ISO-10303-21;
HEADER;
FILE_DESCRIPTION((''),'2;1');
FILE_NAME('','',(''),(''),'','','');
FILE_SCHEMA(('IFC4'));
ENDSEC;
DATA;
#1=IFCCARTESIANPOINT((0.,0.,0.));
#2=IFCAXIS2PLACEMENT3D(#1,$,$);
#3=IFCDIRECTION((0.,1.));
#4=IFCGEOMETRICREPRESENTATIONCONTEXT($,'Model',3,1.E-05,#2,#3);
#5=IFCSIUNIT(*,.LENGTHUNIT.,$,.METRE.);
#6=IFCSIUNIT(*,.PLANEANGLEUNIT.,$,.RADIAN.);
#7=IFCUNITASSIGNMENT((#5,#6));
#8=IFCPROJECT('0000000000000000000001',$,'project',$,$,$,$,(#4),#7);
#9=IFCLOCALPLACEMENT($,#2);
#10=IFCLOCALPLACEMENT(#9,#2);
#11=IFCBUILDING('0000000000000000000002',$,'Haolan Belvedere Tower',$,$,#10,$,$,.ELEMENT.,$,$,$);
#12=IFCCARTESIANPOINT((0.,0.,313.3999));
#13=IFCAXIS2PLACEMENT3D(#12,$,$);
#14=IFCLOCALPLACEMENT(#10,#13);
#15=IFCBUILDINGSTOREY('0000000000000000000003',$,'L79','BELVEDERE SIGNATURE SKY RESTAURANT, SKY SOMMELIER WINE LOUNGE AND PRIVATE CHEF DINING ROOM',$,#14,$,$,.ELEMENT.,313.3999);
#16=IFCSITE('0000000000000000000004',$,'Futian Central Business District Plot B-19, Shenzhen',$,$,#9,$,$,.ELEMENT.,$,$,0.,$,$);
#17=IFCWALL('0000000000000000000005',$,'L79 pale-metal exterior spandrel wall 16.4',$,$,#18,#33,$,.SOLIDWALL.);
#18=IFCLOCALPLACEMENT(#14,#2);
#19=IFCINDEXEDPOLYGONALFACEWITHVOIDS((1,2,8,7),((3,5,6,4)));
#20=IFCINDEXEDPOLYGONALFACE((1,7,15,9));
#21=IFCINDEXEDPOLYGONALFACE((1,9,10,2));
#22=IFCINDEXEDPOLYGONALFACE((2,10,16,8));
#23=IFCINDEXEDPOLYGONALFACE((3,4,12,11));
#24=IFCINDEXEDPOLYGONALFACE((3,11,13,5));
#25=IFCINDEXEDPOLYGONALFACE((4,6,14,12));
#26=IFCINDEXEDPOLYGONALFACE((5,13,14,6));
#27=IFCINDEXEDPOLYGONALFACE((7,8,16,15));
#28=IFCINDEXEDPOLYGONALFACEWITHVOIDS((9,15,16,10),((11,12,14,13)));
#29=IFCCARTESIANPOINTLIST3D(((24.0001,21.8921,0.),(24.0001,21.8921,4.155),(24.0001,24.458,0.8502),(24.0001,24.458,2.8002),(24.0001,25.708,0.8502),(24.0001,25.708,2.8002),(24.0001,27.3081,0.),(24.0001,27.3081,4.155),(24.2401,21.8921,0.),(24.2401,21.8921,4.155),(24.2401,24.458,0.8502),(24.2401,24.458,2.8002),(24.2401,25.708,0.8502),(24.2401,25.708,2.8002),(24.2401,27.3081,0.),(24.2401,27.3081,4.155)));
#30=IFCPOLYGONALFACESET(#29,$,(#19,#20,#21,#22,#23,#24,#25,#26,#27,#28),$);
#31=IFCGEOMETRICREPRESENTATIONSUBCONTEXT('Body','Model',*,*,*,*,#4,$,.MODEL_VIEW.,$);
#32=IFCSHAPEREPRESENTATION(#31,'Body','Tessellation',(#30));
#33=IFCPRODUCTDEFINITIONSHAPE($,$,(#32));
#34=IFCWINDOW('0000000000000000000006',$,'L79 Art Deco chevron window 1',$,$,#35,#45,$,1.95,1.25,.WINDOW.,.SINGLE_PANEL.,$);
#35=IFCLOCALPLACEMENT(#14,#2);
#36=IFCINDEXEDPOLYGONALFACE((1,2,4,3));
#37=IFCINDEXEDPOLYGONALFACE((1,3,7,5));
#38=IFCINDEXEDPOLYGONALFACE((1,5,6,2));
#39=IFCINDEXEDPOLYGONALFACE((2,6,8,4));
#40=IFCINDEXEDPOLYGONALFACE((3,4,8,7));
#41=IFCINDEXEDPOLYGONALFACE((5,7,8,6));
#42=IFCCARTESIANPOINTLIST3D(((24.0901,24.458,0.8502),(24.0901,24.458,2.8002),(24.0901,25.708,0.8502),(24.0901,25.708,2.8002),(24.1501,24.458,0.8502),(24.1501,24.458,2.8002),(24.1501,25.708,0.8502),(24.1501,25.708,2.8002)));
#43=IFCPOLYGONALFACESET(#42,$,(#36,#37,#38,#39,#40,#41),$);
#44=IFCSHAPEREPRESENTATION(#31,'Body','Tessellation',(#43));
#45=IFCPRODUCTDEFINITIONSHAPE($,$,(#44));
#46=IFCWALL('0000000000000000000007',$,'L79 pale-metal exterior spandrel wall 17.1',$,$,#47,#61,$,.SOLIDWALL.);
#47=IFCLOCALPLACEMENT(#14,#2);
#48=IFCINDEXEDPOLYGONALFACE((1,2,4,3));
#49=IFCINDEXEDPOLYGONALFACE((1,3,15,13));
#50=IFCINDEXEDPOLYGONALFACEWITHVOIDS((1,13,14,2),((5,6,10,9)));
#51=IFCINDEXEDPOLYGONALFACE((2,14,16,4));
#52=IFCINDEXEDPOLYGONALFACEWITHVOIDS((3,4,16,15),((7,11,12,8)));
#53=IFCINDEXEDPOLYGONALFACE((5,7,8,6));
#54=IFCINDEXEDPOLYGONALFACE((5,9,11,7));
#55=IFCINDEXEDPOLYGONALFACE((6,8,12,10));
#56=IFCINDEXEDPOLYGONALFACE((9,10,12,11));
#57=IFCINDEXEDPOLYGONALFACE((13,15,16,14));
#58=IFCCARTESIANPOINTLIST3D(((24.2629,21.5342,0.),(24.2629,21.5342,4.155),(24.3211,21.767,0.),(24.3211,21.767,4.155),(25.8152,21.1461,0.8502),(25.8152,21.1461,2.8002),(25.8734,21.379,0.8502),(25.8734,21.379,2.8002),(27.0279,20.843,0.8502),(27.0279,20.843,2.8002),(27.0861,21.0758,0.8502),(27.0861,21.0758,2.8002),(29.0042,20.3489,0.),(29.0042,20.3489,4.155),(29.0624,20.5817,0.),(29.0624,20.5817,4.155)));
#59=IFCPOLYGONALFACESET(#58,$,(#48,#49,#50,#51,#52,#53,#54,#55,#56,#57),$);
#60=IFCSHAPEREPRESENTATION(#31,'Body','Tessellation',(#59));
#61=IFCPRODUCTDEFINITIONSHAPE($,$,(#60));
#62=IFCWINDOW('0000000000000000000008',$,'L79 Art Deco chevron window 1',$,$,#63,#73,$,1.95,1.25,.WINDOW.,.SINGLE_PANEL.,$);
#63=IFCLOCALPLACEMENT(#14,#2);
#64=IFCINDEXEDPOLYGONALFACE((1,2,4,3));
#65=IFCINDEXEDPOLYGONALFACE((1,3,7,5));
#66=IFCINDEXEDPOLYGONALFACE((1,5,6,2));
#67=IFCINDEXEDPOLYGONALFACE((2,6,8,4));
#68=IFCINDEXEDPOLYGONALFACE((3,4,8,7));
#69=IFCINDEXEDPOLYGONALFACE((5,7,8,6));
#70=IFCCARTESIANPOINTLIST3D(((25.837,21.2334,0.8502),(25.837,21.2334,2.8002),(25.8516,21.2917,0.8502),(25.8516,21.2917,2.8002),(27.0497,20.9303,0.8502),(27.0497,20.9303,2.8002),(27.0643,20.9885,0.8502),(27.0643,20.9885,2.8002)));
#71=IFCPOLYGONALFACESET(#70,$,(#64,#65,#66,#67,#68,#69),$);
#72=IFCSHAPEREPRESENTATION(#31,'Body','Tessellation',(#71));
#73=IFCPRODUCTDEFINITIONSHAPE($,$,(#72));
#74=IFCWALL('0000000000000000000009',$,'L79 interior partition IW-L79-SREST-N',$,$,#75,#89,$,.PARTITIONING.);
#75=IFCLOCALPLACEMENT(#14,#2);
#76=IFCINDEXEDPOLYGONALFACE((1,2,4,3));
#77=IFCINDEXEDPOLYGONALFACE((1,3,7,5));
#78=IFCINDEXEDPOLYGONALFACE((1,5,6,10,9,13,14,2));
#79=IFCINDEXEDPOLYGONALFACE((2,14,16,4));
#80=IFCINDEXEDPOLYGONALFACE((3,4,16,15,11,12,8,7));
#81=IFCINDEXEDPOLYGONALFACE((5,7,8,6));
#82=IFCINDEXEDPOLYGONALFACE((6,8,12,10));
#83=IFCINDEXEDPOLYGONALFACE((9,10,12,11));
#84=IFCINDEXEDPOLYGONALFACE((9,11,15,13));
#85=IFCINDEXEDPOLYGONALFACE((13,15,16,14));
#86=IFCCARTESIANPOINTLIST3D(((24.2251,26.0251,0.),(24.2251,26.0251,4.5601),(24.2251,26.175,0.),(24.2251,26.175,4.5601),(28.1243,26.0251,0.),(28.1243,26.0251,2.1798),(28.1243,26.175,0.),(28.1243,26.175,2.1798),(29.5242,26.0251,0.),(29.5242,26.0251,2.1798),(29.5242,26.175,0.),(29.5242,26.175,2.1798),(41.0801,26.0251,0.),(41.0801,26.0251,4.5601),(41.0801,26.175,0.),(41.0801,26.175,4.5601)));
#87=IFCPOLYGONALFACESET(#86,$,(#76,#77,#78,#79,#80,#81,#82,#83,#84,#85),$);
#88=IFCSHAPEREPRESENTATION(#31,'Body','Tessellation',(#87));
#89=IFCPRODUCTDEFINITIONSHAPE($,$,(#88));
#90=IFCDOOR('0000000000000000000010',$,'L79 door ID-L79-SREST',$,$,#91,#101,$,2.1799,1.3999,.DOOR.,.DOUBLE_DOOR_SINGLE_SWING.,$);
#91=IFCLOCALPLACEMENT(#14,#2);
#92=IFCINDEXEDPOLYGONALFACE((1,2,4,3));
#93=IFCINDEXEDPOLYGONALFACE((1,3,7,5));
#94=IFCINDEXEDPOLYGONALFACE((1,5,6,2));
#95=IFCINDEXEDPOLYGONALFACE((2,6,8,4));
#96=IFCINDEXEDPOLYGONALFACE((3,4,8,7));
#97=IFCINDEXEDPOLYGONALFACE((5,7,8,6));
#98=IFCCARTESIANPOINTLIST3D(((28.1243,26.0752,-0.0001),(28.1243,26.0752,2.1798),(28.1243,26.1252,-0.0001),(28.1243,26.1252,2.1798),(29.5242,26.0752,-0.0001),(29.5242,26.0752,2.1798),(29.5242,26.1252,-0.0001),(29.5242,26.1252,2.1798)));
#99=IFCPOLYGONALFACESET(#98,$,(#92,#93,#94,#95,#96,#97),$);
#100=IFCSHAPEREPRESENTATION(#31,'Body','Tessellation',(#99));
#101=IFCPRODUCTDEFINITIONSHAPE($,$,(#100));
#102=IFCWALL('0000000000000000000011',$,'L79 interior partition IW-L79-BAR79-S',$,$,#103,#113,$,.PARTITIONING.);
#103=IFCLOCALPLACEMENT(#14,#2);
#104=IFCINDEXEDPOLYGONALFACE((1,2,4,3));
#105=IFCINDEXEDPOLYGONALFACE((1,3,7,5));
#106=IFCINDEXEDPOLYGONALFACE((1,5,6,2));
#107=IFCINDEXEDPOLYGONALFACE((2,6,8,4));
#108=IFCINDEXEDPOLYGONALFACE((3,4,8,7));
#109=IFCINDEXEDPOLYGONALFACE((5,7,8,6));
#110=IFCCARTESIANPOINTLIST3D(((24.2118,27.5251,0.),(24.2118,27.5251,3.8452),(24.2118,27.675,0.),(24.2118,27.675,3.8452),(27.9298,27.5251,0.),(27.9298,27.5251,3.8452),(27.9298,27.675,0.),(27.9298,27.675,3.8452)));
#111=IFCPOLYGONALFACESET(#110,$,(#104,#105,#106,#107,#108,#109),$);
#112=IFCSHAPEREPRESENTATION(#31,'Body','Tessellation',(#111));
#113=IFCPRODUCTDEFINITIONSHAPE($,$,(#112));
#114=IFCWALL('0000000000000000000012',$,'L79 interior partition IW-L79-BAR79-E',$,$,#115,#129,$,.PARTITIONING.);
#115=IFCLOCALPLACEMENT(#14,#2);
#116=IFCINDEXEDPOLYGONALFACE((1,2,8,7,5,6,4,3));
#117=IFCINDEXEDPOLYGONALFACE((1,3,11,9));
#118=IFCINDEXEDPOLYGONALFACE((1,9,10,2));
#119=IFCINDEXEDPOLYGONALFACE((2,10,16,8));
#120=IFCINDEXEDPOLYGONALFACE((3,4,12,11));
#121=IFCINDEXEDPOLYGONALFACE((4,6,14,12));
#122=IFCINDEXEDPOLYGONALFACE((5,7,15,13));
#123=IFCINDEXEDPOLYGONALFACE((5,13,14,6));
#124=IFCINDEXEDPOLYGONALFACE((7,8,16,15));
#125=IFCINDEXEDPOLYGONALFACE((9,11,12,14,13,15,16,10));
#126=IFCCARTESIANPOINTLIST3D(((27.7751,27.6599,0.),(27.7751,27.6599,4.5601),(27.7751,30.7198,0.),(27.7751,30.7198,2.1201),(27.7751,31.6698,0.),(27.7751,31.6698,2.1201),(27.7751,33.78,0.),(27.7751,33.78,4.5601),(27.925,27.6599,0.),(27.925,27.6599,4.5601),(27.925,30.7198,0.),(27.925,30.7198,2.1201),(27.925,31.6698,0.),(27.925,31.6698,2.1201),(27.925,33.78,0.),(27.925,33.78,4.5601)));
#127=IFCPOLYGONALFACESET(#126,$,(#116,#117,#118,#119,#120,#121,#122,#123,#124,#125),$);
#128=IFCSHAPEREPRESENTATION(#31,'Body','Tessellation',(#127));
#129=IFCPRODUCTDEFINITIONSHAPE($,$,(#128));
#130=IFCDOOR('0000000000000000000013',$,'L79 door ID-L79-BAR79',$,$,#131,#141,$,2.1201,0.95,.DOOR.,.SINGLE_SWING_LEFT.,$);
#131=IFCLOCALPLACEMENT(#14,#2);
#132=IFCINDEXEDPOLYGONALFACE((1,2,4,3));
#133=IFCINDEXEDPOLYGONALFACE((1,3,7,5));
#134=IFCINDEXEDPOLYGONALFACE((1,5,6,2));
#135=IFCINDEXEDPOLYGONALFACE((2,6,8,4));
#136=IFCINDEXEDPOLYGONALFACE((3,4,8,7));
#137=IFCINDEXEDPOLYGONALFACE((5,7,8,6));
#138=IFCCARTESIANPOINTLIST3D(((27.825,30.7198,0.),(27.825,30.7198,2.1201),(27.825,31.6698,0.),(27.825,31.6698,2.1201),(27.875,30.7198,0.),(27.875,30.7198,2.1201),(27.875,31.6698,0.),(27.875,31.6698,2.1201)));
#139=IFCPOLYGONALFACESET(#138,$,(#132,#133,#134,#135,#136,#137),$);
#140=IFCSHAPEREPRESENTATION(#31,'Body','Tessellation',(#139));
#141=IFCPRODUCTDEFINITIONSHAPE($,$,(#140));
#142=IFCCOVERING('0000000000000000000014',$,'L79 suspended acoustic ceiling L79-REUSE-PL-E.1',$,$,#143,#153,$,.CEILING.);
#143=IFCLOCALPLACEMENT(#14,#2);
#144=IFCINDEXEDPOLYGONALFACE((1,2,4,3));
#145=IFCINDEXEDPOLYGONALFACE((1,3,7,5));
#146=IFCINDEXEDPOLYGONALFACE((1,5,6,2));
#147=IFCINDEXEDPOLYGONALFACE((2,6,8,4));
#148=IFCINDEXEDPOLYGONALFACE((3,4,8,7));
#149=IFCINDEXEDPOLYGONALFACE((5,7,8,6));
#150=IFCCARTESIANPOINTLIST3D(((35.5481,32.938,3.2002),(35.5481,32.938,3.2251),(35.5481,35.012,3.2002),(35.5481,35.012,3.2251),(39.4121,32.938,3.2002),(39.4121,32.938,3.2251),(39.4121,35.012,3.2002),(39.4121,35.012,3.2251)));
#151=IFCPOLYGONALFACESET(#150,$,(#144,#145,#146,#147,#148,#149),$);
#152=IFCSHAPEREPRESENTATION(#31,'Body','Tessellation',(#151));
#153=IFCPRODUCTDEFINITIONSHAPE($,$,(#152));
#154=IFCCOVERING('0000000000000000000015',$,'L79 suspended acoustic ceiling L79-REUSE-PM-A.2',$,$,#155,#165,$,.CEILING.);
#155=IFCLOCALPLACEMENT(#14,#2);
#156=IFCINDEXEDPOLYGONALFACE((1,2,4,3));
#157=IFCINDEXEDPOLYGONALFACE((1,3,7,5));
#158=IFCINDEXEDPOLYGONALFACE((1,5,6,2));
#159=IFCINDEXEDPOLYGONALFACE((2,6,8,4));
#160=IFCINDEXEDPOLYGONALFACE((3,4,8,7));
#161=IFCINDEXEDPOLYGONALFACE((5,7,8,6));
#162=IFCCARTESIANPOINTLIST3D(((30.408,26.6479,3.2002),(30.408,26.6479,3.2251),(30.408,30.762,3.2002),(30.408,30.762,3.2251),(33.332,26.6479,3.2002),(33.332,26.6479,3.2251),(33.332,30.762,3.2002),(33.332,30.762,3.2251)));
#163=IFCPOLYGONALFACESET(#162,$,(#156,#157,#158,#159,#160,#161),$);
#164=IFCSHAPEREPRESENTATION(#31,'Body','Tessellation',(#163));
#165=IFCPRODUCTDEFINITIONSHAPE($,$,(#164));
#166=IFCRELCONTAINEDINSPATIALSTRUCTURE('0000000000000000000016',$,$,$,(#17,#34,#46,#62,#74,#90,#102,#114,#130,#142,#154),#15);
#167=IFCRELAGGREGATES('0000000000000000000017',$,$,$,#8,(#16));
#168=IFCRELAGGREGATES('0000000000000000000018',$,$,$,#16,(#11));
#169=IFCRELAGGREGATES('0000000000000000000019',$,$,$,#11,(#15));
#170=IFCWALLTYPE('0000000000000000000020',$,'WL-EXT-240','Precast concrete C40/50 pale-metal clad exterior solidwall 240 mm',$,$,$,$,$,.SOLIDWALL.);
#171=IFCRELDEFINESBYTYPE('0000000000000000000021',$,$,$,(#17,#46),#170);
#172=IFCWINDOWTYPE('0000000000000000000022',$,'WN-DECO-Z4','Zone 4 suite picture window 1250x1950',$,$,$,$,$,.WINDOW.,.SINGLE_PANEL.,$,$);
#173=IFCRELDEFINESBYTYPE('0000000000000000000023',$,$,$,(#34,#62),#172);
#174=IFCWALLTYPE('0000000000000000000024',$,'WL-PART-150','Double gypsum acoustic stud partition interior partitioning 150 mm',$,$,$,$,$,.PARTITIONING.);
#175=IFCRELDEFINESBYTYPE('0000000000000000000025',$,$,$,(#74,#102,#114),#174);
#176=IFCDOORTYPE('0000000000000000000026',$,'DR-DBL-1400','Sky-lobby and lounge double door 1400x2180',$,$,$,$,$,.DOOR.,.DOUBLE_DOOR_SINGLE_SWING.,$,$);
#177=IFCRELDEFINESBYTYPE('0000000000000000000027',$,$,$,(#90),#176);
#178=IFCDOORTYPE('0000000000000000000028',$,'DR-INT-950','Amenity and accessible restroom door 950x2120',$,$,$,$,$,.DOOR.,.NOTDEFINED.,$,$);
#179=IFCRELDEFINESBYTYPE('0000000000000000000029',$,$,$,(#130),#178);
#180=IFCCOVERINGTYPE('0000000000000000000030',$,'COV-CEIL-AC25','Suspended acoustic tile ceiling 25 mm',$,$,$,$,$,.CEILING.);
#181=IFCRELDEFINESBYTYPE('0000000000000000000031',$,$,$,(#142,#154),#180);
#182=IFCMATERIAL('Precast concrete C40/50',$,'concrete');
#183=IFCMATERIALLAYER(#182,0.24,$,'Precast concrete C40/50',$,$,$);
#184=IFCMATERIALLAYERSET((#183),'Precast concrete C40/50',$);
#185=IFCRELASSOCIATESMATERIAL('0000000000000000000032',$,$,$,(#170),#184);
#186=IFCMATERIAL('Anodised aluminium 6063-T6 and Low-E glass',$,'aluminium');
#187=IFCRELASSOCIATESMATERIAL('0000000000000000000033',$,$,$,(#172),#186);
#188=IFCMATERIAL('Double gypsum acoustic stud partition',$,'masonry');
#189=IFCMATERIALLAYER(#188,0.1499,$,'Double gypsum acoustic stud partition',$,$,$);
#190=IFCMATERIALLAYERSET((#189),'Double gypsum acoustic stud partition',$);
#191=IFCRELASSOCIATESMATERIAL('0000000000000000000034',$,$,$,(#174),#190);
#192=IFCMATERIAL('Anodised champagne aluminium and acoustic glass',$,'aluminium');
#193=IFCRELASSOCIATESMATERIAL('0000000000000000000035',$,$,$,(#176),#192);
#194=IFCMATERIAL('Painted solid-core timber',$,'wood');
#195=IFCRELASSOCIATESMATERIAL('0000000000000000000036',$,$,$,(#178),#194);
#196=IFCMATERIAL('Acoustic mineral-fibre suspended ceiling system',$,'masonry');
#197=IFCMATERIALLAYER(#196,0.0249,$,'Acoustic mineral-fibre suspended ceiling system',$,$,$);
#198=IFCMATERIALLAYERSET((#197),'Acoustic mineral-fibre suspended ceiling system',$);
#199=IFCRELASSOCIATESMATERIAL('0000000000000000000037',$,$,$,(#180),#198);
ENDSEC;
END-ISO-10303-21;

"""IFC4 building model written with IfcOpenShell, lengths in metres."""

from ifc_helpers import new_model, si_unit, direction, frame, frame_2d, origin, place, context, subcontext, project, spatial, polyline, rectangle, outline, extrude, material, layer, layer_set, type_object, element, fill, save


model = new_model("IFC4")

# Units and contexts
model_context = context("Model", 3, precision=1e-05, world=origin(), true_north=direction((0.0, 1.0)))
body_context = subcontext(model_context, "Body", "Model", "MODEL_VIEW")
ifc_project = project(units=[si_unit("LENGTHUNIT", "METRE"), si_unit("PLANEANGLEUNIT", "RADIAN")], contexts=[model_context])

# Site, building, storey
site_placement = place(None, origin())
site = spatial("IfcSite", under=ifc_project, at=site_placement, Name="Futian Central Business District Plot B-19, Shenzhen", CompositionType="ELEMENT", RefElevation=0.0)
building_placement = place(site_placement, origin())
building = spatial("IfcBuilding", under=site, at=building_placement, Name="Haolan Belvedere Tower", CompositionType="ELEMENT")
storey_placement = place(building_placement, frame((0.0, 0.0, 313.3999)))
storey = spatial("IfcBuildingStorey", under=building, at=storey_placement, Name="L79", Description="BELVEDERE SIGNATURE SKY RESTAURANT, SKY SOMMELIER WINE LOUNGE AND PRIVATE CHEF DINING ROOM", CompositionType="ELEMENT", Elevation=313.3999)

# Walls, openings, windows
ifc_material_1 = material(Name="Precast concrete C40/50", Category="concrete")
ifc_layer_1 = layer(ifc_material_1, 0.24, Name="Precast concrete C40/50")
ifc_layer_set_1 = layer_set([ifc_layer_1], Name="Precast concrete C40/50")
wall_type_1 = type_object("IfcWallType", Name="WL-EXT-240", Description="Precast concrete C40/50 pale-metal clad exterior solidwall 240 mm", PredefinedType="SOLIDWALL", material=ifc_layer_set_1)
wall_1_placement = place(storey_placement, frame((24.1201, 27.3081, 0.0), z_axis=(0.0, 0.0, 1.0), x_axis=(0.0, -1.0, 0.0)))
wall_1 = element("IfcWall", 1, at=wall_1_placement, inside=storey, type_object=wall_type_1, Name="L79 pale-metal exterior spandrel wall 16.4", PredefinedType="SOLIDWALL", context=body_context, shape_type="SweptSolid", body=[
    extrude(rectangle(XDim=5.416, YDim=0.24, at=frame_2d((2.708, 0.0))), origin(), (0.0, 0.0, 1.0), 4.155),
])
opening_1_placement = place(wall_1_placement, frame((1.6001, 0.0, 0.8501)))
opening_1 = element("IfcOpeningElement", 2, at=opening_1_placement, cuts=wall_1, PredefinedType="OPENING", context=body_context, shape_type="SweptSolid", body=[
    extrude(rectangle(XDim=1.25, YDim=1.95, at=frame_2d((0.625, 0.9751))), frame((0.0, 0.1299, 0.0), z_axis=(0.0, -1.0, 0.0), x_axis=(1.0, 0.0, 0.0)), (0.0, 0.0, 1.0), 0.26),
])
ifc_material_2 = material(Name="Anodised aluminium 6063-T6 and Low-E glass", Category="aluminium")
window_type = type_object("IfcWindowType", Name="WN-DECO-Z4", Description="Zone 4 suite picture window 1250x1950", PartitioningType="SINGLE_PANEL", PredefinedType="WINDOW", material=ifc_material_2)
window_1_placement = place(opening_1_placement, origin())
window_1 = element("IfcWindow", 3, at=window_1_placement, inside=storey, type_object=window_type, Name="L79 Art Deco chevron window 1", OverallHeight=1.95, OverallWidth=1.25, PartitioningType="SINGLE_PANEL", PredefinedType="WINDOW", context=body_context, shape_type="SweptSolid", body=[
    extrude(rectangle(XDim=1.25, YDim=1.95, at=frame_2d((0.625, 0.9751))), frame((0.0, 0.03, 0.0), z_axis=(0.0, -1.0, 0.0), x_axis=(1.0, 0.0, 0.0)), (0.0, 0.0, 1.0), 0.0601),
])
fill(opening_1, window_1)
wall_2_placement = place(storey_placement, frame((24.292, 21.6506, 0.0), z_axis=(0.0, 0.0, 1.0), x_axis=(0.970143, -0.242536, 0.0)))
wall_2 = element("IfcWall", 4, at=wall_2_placement, inside=storey, type_object=wall_type_1, Name="L79 pale-metal exterior spandrel wall 17.1", PredefinedType="SOLIDWALL", context=body_context, shape_type="SweptSolid", body=[
    extrude(rectangle(XDim=4.8872, YDim=0.24, at=frame_2d((2.4436, 0.0))), origin(), (0.0, 0.0, 1.0), 4.155),
])
opening_2_placement = place(wall_2_placement, frame((1.6001, 0.0, 0.8501)))
opening_2 = element("IfcOpeningElement", 5, at=opening_2_placement, cuts=wall_2, PredefinedType="OPENING", context=body_context, shape_type="SweptSolid", body=[
    extrude(rectangle(XDim=1.25, YDim=1.95, at=frame_2d((0.625, 0.9751))), frame((0.0, 0.1299, 0.0), z_axis=(0.0, -1.0, 0.0), x_axis=(1.0, 0.0, 0.0)), (0.0, 0.0, 1.0), 0.26),
])
window_2_placement = place(opening_2_placement, origin())
window_2 = element("IfcWindow", 6, at=window_2_placement, inside=storey, type_object=window_type, Name="L79 Art Deco chevron window 1", OverallHeight=1.95, OverallWidth=1.25, PartitioningType="SINGLE_PANEL", PredefinedType="WINDOW", context=body_context, shape_type="SweptSolid", body=[
    extrude(rectangle(XDim=1.25, YDim=1.95, at=frame_2d((0.625, 0.9751))), frame((0.0, 0.03, 0.0), z_axis=(0.0, -1.0, 0.0), x_axis=(1.0, 0.0, 0.0)), (0.0, 0.0, 1.0), 0.0601),
])
fill(opening_2, window_2)

# Wall, opening, door
ifc_material_3 = material(Name="Double gypsum acoustic stud partition", Category="masonry")
ifc_layer_2 = layer(ifc_material_3, 0.1499, Name="Double gypsum acoustic stud partition")
ifc_layer_set_2 = layer_set([ifc_layer_2], Name="Double gypsum acoustic stud partition")
wall_type_2 = type_object("IfcWallType", Name="WL-PART-150", Description="Double gypsum acoustic stud partition interior partitioning 150 mm", PredefinedType="PARTITIONING", material=ifc_layer_set_2)
wall_3_placement = place(storey_placement, frame((24.2251, 26.1001, 0.0), z_axis=(0.0, 0.0, 1.0), x_axis=(1.0, 0.0, 0.0)))
wall_3 = element("IfcWall", 7, at=wall_3_placement, inside=storey, type_object=wall_type_2, Name="L79 interior partition IW-L79-SREST-N", PredefinedType="PARTITIONING", context=body_context, shape_type="SweptSolid", body=[
    extrude(rectangle(XDim=16.855, YDim=0.1499, at=frame_2d((8.4275, 0.0))), origin(), (0.0, 0.0, 1.0), 4.5601),
])
opening_3_placement = place(wall_3_placement, frame((5.2991, 0.0, 0.0), z_axis=(0.0, 0.0, 1.0), x_axis=(-1.0, 0.0, 0.0)))
opening_3 = element("IfcOpeningElement", 8, at=opening_3_placement, cuts=wall_3, PredefinedType="OPENING", context=body_context, shape_type="SweptSolid", body=[
    extrude(rectangle(XDim=1.3999, YDim=2.1799, at=frame_2d((0.7, 1.0898))), frame((0.0, 0.085, 0.0), z_axis=(0.0, -1.0, 0.0), x_axis=(1.0, 0.0, 0.0)), (0.0, 0.0, 1.0), 0.1699),
])
ifc_material_4 = material(Name="Anodised champagne aluminium and acoustic glass", Category="aluminium")
door_type_1 = type_object("IfcDoorType", Name="DR-DBL-1400", Description="Sky-lobby and lounge double door 1400x2180", OperationType="DOUBLE_DOOR_SINGLE_SWING", PredefinedType="DOOR", material=ifc_material_4)
door_1_placement = place(opening_3_placement, origin())
door_1 = element("IfcDoor", 9, at=door_1_placement, inside=storey, type_object=door_type_1, Name="L79 door ID-L79-SREST", OperationType="DOUBLE_DOOR_SINGLE_SWING", OverallHeight=2.1799, OverallWidth=1.3999, PredefinedType="DOOR", context=body_context, shape_type="SweptSolid", body=[
    extrude(rectangle(XDim=1.3999, YDim=2.1799, at=frame_2d((0.7, 1.0898))), frame((0.0, 0.0249, 0.0), z_axis=(0.0, -1.0, 0.0), x_axis=(1.0, 0.0, 0.0)), (0.0, 0.0, 1.0), 0.05),
])
fill(opening_3, door_1)

# Wall
wall_4_placement = place(storey_placement, frame((24.2119, 27.6001, 0.0), z_axis=(0.0, 0.0, 1.0), x_axis=(1.0, 0.0, 0.0)))
element("IfcWall", 10, at=wall_4_placement, inside=storey, type_object=wall_type_2, Name="L79 interior partition IW-L79-BAR79-S", PredefinedType="PARTITIONING", context=body_context, shape_type="SweptSolid", body=[
    extrude(rectangle(XDim=3.718, YDim=0.1499, at=frame_2d((1.8589, 0.0))), origin(), (0.0, 0.0, 1.0), 3.8452),
])

# Wall, opening, door
wall_5_placement = place(storey_placement, frame((27.8501, 27.6599, 0.0), z_axis=(0.0, 0.0, 1.0), x_axis=(0.0, 1.0, 0.0)))
wall_5 = element("IfcWall", 11, at=wall_5_placement, inside=storey, type_object=wall_type_2, Name="L79 interior partition IW-L79-BAR79-E", PredefinedType="PARTITIONING", context=body_context, shape_type="SweptSolid", body=[
    extrude(rectangle(XDim=6.1201, YDim=0.1499, at=frame_2d((3.0601, 0.0))), origin(), (0.0, 0.0, 1.0), 4.5601),
])
opening_4_placement = place(wall_5_placement, frame((4.01, 0.0, 0.0), z_axis=(0.0, 0.0, 1.0), x_axis=(-1.0, 0.0, 0.0)))
opening_4 = element("IfcOpeningElement", 12, at=opening_4_placement, cuts=wall_5, PredefinedType="OPENING", context=body_context, shape_type="SweptSolid", body=[
    extrude(rectangle(XDim=0.95, YDim=2.1201, at=frame_2d((0.4751, 1.0601))), frame((0.0, 0.085, 0.0), z_axis=(0.0, -1.0, 0.0), x_axis=(1.0, 0.0, 0.0)), (0.0, 0.0, 1.0), 0.1699),
])
ifc_material_5 = material(Name="Painted solid-core timber", Category="wood")
door_type_2 = type_object("IfcDoorType", Name="DR-INT-950", Description="Amenity and accessible restroom door 950x2120", OperationType="NOTDEFINED", PredefinedType="DOOR", material=ifc_material_5)
door_2_placement = place(opening_4_placement, origin())
door_2 = element("IfcDoor", 13, at=door_2_placement, inside=storey, type_object=door_type_2, Name="L79 door ID-L79-BAR79", OperationType="SINGLE_SWING_LEFT", OverallHeight=2.1201, OverallWidth=0.95, PredefinedType="DOOR", context=body_context, shape_type="SweptSolid", body=[
    extrude(rectangle(XDim=0.95, YDim=2.1201, at=frame_2d((0.4751, 1.0601))), frame((0.0, 0.0249, 0.0), z_axis=(0.0, -1.0, 0.0), x_axis=(1.0, 0.0, 0.0)), (0.0, 0.0, 1.0), 0.05),
])
fill(opening_4, door_2)

# Coverings
ifc_material_6 = material(Name="Acoustic mineral-fibre suspended ceiling system", Category="masonry")
ifc_layer_3 = layer(ifc_material_6, 0.0249, Name="Acoustic mineral-fibre suspended ceiling system")
ifc_layer_set_3 = layer_set([ifc_layer_3], Name="Acoustic mineral-fibre suspended ceiling system")
covering_type_1 = type_object("IfcCoveringType", Name="COV-CEIL-AC25", Description="Suspended acoustic tile ceiling 25 mm", PredefinedType="CEILING", material=ifc_layer_set_3)
covering_1_placement = place(storey_placement, frame((0.0, 0.0, 3.2002)))
element("IfcCovering", 14, at=covering_1_placement, inside=storey, type_object=covering_type_1, Name="L79 suspended acoustic ceiling L79-REUSE-PL-E.1", PredefinedType="CEILING", context=body_context, shape_type="SweptSolid", body=[
    extrude(outline(polyline([(35.5481, 32.938), (39.4121, 32.938), (39.4121, 35.012), (35.5481, 35.012), (35.5481, 32.938)])), origin(), (0.0, 0.0, 1.0), 0.0249),
])
covering_2_placement = place(storey_placement, frame((0.0, 0.0, 3.2002)))
element("IfcCovering", 15, at=covering_2_placement, inside=storey, type_object=covering_type_1, Name="L79 suspended acoustic ceiling L79-REUSE-PM-A.2", PredefinedType="CEILING", context=body_context, shape_type="SweptSolid", body=[
    extrude(outline(polyline([(30.408, 26.6479), (33.332, 26.6479), (33.332, 30.762), (30.408, 30.762), (30.408, 26.6479)])), origin(), (0.0, 0.0, 1.0), 0.0249),
])

save(model, "model.ifc")
